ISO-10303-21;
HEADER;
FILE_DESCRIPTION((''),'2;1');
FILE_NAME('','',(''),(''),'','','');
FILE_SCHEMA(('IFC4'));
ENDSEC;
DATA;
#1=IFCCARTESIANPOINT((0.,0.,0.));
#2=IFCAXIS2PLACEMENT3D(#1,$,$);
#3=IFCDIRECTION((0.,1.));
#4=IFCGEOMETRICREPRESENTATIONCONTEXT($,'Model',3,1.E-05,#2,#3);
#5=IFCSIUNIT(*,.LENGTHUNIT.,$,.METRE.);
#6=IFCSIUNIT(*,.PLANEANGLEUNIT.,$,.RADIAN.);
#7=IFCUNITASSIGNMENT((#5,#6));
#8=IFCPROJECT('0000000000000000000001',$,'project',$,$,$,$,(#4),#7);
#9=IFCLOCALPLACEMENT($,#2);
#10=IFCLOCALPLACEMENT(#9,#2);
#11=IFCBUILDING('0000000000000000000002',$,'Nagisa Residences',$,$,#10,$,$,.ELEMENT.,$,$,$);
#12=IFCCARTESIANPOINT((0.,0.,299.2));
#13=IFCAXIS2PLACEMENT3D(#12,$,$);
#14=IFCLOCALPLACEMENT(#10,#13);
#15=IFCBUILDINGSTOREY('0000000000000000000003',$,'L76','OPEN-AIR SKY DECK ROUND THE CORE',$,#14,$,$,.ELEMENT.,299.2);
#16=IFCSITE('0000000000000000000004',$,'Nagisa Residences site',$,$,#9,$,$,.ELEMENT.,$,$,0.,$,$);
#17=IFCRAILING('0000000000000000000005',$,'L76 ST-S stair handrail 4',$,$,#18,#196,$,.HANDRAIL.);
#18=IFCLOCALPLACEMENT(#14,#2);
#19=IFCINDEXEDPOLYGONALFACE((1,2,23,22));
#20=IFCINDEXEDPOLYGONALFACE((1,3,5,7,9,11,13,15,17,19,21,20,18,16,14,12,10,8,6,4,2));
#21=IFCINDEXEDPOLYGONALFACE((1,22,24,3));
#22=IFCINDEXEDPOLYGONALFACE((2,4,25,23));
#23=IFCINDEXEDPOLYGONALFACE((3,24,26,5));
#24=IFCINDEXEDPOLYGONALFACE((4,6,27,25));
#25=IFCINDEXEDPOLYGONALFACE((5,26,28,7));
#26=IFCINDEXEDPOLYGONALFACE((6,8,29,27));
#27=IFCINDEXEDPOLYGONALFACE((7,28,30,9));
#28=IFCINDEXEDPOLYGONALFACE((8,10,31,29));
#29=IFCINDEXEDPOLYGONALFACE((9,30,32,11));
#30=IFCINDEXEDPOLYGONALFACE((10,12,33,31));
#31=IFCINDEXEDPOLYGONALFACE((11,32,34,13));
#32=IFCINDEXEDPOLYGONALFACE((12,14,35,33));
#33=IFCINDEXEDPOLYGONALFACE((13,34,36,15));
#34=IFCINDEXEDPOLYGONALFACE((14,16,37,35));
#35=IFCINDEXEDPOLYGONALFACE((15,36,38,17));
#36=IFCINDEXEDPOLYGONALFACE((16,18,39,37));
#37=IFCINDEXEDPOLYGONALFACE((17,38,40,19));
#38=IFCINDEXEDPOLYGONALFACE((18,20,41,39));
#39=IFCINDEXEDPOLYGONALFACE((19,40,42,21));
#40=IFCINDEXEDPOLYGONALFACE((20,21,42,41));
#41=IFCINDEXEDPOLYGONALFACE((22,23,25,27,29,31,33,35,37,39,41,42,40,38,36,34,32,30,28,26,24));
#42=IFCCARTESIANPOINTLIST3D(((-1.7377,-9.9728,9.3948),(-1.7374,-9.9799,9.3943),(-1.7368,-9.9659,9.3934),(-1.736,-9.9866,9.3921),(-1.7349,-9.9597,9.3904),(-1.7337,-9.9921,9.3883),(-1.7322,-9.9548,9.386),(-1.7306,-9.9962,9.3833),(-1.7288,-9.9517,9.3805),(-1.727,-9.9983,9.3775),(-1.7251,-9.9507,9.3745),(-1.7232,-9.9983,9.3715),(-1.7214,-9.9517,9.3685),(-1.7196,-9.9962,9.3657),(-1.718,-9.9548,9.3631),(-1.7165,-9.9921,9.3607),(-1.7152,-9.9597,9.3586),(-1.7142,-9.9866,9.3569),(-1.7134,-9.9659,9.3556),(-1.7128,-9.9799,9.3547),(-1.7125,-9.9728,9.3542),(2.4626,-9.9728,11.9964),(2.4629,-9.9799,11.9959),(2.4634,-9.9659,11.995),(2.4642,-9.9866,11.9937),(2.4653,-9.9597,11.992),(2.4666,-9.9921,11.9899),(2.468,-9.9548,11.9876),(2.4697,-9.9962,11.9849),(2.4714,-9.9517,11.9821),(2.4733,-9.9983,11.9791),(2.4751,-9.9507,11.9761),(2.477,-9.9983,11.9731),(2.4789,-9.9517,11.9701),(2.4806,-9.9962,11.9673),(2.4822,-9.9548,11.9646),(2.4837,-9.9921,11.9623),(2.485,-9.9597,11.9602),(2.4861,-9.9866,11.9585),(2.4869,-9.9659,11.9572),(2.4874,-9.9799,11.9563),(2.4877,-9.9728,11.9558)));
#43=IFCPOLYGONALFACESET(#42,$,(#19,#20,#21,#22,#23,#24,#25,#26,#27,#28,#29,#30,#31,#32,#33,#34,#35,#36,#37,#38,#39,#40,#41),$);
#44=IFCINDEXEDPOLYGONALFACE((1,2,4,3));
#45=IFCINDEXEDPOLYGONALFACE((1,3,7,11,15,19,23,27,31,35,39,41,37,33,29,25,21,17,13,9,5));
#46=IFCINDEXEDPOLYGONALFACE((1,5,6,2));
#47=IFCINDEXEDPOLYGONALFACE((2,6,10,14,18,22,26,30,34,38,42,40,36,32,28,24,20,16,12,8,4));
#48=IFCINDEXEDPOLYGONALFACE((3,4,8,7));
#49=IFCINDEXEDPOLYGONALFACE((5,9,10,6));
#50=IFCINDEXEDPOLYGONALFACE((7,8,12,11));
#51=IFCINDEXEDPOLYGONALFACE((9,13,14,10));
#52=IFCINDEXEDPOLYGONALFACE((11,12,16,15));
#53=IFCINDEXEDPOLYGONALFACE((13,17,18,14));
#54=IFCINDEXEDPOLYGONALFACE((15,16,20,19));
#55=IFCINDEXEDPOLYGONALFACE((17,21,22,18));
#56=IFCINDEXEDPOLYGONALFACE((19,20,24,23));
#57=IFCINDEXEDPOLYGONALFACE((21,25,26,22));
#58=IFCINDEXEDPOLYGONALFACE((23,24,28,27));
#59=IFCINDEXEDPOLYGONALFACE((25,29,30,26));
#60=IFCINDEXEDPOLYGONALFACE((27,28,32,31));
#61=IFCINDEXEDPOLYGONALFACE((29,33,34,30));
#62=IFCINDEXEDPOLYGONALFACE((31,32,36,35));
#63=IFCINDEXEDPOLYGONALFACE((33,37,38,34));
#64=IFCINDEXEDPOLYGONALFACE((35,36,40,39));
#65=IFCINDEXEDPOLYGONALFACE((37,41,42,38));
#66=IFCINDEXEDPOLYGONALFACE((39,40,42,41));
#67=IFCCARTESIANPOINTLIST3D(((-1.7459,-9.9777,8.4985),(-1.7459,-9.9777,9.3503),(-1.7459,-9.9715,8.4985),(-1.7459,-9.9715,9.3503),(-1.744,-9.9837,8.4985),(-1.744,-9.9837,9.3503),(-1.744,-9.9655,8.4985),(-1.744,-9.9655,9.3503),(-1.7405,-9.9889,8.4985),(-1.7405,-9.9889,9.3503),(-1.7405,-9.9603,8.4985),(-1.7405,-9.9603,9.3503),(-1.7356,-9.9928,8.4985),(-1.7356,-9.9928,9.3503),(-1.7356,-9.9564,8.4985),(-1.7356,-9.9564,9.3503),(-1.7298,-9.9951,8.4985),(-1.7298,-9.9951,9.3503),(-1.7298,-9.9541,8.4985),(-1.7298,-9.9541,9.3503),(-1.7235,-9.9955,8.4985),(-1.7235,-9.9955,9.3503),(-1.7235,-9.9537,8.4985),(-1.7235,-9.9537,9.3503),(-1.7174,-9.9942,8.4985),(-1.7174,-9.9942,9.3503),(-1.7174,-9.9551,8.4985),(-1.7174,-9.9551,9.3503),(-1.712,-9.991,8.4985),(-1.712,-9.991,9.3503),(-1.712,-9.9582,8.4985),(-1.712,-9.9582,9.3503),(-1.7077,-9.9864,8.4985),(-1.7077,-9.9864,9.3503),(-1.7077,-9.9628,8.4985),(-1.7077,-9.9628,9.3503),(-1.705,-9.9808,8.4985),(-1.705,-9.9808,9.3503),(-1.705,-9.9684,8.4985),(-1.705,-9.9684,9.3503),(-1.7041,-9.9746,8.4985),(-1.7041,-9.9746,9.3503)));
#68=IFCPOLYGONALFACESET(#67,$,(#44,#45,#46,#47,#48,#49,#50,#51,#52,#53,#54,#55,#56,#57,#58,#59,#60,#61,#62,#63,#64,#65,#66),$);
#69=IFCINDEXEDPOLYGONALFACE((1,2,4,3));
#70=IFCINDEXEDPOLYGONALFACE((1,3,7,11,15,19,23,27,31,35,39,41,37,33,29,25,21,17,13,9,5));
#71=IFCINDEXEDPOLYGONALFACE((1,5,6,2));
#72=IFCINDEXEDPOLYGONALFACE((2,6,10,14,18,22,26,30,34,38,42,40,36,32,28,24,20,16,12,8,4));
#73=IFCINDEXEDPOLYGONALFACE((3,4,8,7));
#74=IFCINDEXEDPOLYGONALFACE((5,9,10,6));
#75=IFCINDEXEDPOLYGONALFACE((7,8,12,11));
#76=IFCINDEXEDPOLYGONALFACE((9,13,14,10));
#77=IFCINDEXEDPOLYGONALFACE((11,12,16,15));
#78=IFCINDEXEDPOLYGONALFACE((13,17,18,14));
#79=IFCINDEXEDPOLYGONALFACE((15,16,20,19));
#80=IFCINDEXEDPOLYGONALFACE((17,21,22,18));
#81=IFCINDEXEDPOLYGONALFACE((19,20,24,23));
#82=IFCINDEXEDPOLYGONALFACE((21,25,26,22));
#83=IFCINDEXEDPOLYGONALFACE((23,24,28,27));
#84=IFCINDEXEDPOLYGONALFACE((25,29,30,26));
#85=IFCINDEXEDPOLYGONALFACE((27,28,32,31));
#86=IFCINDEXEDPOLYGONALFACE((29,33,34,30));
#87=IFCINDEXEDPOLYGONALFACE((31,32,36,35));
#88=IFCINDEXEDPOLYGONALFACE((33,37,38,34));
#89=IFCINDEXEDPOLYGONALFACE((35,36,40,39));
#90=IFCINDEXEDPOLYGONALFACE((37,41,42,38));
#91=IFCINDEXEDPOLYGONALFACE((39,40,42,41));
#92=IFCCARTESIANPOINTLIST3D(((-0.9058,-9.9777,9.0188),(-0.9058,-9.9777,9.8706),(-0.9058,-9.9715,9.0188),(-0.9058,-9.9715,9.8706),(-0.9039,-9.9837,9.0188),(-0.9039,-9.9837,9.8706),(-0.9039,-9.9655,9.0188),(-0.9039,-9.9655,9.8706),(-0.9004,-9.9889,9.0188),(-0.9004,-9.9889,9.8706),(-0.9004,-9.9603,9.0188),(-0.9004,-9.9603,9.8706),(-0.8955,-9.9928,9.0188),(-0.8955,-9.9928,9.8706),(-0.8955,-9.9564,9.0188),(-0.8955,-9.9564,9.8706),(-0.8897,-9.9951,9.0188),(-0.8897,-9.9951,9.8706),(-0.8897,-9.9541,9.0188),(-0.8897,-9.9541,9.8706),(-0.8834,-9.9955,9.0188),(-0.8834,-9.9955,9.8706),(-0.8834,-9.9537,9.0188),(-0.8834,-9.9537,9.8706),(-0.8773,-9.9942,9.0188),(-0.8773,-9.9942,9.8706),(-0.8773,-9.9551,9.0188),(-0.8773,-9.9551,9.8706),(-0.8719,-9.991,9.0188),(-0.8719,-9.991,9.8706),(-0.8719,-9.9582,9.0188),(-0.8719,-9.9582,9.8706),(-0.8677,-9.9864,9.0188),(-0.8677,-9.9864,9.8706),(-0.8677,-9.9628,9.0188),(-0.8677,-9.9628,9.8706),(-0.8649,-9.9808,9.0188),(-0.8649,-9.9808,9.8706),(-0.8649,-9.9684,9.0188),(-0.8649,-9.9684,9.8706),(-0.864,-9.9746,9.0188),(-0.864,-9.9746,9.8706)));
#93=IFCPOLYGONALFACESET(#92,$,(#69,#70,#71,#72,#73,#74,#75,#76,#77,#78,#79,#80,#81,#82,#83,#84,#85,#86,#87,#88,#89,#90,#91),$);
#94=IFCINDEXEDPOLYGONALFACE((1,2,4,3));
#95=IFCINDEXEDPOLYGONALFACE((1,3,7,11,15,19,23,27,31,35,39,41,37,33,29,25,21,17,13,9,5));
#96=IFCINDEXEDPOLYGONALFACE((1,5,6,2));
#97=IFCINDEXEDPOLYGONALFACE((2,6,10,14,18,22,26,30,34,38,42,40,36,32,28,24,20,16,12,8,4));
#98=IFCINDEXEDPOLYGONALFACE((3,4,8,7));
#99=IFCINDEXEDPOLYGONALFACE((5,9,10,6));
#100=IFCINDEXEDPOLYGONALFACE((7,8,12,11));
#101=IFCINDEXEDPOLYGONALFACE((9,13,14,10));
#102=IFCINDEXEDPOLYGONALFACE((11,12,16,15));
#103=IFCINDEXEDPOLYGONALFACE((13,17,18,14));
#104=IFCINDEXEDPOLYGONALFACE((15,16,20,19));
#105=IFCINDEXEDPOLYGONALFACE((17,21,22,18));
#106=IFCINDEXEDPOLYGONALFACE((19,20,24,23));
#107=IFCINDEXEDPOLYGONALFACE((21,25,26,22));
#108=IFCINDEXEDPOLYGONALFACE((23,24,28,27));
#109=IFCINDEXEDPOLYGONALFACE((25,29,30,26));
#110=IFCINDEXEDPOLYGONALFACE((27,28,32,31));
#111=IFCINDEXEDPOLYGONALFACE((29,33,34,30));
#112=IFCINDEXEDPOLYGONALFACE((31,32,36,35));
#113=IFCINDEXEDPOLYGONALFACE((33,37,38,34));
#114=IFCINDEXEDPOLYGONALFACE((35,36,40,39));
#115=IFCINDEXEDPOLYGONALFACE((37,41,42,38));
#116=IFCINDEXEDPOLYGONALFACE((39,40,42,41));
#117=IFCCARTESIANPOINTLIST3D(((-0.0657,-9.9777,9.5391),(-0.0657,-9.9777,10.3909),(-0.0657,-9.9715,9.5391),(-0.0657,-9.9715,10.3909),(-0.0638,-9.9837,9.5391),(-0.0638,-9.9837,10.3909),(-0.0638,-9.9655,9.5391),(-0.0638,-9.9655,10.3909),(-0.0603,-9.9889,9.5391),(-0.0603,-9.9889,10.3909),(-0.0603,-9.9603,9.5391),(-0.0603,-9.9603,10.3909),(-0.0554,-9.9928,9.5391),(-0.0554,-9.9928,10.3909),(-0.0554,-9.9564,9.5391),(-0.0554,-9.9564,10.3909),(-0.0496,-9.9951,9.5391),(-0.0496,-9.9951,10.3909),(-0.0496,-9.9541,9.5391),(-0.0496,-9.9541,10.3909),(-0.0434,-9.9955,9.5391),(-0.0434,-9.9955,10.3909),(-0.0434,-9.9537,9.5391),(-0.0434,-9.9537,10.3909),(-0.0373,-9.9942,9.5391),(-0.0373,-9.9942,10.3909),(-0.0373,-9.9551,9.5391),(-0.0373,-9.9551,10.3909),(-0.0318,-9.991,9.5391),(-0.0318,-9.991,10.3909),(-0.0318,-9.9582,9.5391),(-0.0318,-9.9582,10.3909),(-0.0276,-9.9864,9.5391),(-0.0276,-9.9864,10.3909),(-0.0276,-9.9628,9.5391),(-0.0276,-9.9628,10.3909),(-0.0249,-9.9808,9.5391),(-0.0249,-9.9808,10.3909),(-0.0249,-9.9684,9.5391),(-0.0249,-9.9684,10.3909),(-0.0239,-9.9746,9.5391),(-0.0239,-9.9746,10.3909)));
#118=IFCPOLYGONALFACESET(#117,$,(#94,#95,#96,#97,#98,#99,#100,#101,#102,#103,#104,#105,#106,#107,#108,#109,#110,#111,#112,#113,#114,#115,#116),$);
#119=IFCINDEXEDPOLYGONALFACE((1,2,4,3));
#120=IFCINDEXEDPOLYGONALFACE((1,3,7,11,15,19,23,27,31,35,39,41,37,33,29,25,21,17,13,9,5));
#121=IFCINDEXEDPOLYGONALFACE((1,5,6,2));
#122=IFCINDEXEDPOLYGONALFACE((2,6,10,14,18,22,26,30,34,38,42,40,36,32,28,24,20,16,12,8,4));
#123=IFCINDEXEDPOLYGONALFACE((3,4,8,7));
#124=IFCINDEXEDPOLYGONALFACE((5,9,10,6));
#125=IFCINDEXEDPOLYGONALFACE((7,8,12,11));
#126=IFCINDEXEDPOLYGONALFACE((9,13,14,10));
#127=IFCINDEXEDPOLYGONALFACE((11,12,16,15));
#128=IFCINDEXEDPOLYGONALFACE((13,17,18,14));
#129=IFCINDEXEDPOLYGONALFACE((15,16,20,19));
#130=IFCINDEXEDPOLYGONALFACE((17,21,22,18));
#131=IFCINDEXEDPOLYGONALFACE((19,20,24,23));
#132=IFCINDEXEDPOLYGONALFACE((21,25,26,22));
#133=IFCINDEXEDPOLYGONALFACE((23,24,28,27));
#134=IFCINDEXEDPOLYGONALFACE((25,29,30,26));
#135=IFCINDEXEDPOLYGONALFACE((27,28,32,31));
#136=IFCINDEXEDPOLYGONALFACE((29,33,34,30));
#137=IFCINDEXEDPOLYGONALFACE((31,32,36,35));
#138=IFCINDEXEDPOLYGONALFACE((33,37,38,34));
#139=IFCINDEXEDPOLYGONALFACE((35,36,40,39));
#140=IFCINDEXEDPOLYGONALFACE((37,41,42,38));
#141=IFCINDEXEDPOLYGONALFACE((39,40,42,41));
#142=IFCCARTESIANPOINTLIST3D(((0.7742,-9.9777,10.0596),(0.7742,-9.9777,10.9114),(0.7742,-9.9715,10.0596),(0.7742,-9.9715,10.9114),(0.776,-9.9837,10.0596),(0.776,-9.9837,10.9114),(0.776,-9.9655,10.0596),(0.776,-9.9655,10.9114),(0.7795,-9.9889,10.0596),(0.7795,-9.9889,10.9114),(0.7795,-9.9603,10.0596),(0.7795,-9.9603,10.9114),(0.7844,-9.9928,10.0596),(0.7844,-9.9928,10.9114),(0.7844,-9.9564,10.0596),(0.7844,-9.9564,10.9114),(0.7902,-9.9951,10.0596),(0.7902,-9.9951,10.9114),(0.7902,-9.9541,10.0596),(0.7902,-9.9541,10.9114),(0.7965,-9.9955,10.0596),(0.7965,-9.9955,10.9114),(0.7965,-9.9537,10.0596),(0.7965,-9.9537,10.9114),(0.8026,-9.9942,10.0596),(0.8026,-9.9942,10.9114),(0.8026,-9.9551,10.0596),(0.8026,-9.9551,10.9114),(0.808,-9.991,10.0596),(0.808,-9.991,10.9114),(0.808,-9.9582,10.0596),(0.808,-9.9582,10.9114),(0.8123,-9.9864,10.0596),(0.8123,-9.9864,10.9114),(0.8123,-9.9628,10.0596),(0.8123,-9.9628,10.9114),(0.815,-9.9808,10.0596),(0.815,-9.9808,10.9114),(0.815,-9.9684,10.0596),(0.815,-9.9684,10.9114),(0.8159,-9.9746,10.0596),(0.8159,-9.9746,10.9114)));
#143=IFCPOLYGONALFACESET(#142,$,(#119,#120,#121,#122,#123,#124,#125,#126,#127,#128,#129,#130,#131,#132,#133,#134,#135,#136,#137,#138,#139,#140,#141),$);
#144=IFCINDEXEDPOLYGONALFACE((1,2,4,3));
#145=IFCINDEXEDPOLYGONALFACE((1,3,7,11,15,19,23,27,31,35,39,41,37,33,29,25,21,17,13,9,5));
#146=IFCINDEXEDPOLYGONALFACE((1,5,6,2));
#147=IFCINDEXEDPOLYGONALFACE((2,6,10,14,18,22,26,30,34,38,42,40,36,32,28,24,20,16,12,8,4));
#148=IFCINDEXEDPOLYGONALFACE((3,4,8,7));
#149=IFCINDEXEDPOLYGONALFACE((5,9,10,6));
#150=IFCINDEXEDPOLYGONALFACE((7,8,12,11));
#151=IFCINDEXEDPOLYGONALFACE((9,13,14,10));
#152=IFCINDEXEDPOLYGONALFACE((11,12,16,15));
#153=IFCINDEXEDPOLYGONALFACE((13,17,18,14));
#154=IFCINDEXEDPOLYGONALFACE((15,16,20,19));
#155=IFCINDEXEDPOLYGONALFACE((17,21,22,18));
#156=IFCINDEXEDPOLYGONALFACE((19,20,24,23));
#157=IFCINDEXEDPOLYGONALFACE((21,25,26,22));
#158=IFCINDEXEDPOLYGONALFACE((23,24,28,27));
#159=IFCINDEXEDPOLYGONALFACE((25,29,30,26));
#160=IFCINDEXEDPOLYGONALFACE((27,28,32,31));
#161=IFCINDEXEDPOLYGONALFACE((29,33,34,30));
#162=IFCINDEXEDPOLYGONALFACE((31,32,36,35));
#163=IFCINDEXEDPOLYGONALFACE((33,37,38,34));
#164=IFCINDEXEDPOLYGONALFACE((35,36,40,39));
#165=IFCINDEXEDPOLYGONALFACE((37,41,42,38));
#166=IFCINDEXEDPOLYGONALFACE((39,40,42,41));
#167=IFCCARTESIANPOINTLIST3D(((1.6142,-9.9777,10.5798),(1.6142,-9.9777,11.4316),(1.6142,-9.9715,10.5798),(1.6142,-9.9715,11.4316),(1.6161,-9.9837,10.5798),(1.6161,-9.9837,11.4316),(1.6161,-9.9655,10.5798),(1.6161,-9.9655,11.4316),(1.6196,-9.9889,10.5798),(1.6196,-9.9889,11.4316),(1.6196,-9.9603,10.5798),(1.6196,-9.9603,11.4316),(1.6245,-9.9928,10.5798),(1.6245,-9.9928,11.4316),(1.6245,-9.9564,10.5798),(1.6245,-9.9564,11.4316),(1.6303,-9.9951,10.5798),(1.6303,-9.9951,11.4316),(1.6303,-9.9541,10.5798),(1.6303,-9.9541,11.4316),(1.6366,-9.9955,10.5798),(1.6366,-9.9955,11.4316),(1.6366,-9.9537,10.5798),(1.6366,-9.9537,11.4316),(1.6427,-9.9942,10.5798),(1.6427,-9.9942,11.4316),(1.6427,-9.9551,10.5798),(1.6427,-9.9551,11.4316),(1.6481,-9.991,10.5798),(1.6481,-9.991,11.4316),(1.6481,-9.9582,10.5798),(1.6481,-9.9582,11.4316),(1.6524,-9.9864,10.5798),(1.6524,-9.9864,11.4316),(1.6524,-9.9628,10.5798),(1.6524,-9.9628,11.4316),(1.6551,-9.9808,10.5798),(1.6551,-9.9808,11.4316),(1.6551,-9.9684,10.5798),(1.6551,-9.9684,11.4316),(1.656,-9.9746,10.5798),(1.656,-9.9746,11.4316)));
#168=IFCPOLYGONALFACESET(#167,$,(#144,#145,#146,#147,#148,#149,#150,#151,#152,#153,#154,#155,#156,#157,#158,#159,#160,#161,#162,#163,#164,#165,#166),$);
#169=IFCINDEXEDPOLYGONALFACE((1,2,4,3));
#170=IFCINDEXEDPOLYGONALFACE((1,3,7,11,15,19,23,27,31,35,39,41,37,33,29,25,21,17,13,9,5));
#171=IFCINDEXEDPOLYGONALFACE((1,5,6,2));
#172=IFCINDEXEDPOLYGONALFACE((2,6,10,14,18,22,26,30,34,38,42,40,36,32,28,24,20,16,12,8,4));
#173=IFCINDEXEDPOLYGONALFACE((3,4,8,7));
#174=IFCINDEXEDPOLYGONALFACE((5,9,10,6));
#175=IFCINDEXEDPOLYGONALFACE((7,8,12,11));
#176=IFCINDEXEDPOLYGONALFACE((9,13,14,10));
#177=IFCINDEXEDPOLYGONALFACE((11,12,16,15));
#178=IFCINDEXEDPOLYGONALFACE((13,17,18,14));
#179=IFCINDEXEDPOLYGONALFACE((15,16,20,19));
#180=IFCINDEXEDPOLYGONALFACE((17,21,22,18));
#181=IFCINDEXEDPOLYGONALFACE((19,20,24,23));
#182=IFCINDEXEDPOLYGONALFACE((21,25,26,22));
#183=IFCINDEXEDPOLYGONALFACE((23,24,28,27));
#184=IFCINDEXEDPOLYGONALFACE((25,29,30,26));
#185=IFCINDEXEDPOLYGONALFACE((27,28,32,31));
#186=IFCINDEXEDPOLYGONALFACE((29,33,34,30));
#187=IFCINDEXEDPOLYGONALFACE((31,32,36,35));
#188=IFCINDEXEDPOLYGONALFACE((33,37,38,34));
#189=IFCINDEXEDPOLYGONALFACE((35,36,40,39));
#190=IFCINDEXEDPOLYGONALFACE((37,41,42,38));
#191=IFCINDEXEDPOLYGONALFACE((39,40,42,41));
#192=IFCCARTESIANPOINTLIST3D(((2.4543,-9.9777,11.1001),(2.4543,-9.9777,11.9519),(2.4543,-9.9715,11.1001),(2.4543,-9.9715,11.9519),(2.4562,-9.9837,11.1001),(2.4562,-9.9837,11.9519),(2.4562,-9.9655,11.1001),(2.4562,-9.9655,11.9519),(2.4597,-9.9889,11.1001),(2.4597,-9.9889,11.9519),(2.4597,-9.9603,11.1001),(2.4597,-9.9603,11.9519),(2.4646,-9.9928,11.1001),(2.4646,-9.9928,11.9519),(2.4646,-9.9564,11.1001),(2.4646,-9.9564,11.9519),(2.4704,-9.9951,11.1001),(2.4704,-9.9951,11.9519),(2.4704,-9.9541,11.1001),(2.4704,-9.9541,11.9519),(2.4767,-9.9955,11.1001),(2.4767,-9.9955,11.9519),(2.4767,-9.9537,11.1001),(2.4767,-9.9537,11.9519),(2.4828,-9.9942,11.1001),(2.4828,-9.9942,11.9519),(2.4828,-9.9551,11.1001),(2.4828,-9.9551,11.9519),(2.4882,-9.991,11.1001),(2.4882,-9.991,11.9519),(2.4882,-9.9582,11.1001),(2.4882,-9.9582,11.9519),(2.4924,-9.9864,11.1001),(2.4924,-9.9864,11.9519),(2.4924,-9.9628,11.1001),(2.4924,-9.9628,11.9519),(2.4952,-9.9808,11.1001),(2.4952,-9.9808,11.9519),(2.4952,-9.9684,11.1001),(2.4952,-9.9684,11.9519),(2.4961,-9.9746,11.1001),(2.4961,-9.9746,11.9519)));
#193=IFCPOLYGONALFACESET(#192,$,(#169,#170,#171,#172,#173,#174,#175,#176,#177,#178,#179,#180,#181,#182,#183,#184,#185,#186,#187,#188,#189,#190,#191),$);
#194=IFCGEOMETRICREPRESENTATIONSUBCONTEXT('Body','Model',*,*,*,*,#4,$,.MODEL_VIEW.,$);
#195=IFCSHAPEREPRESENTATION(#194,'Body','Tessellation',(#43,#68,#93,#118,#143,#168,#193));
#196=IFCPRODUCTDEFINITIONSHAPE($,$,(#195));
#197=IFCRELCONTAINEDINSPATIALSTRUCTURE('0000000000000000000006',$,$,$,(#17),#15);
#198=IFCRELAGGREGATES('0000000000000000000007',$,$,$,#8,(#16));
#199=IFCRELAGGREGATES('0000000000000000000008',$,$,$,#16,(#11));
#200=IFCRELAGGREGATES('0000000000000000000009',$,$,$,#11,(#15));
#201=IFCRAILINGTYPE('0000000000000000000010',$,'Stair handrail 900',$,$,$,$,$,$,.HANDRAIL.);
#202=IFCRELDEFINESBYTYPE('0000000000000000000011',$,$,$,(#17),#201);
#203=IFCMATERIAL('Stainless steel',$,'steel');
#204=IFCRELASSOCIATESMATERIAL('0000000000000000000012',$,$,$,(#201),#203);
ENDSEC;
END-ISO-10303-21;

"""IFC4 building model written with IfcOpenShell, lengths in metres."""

from ifc_helpers import new_model, si_unit, direction, frame, origin, origin_2d, place, context, subcontext, project, spatial, circle, extrude, material, type_object, element, save


model = new_model("IFC4")

# Units and contexts
model_context = context("Model", 3, precision=1e-05, world=origin(), true_north=direction((0.0, 1.0)))
body_context = subcontext(model_context, "Body", "Model", "MODEL_VIEW")
ifc_project = project(units=[si_unit("LENGTHUNIT", "METRE"), si_unit("PLANEANGLEUNIT", "RADIAN")], contexts=[model_context])

# Site, building, storey
site_placement = place(None, origin())
site = spatial("IfcSite", under=ifc_project, at=site_placement, Name="Nagisa Residences site", CompositionType="ELEMENT", RefElevation=0.0)
building_placement = place(site_placement, origin())
building = spatial("IfcBuilding", under=site, at=building_placement, Name="Nagisa Residences", CompositionType="ELEMENT")
storey_placement = place(building_placement, frame((0.0, 0.0, 299.2)))
storey = spatial("IfcBuildingStorey", under=building, at=storey_placement, Name="L76", Description="OPEN-AIR SKY DECK ROUND THE CORE", CompositionType="ELEMENT", Elevation=299.2)

# Railing
ifc_material_1 = material(Name="Stainless steel", Category="steel")
railing_type_1 = type_object("IfcRailingType", Name="Stair handrail 900", PredefinedType="HANDRAIL", material=ifc_material_1)
for number, where, name in (
    (1, (-1.7251, -9.9746, 8.4985), "L76 ST-S stair handrail 4"),
):
    element("IfcRailing", number, at=place(storey_placement, frame(where)), inside=storey, type_object=railing_type_1, Name=name, PredefinedType="HANDRAIL", context=body_context, shape_type="SweptSolid", body=[
        extrude(circle(Radius=0.0239, at=origin_2d()), frame((0.0, 0.0, 0.876), z_axis=(0.850135, 0.0, 0.526566), x_axis=(0.0, 1.0, 0.0)), (0.0, 0.0, 1.0), 4.9407),
        extrude(circle(Radius=0.021, at=origin_2d()), origin(), (0.0, 0.0, 1.0), 0.8518),
        extrude(circle(Radius=0.021, at=origin_2d()), frame((0.8401, 0.0, 0.5203)), (0.0, 0.0, 1.0), 0.8518),
        extrude(circle(Radius=0.021, at=origin_2d()), frame((1.6802, 0.0, 1.0405)), (0.0, 0.0, 1.0), 0.8518),
        extrude(circle(Radius=0.021, at=origin_2d()), frame((2.52, 0.0, 1.561)), (0.0, 0.0, 1.0), 0.8518),
        extrude(circle(Radius=0.021, at=origin_2d()), frame((3.3601, 0.0, 2.0813)), (0.0, 0.0, 1.0), 0.8518),
        extrude(circle(Radius=0.021, at=origin_2d()), frame((4.2002, 0.0, 2.6016)), (0.0, 0.0, 1.0), 0.8518),
    ])

save(model, "model.ifc")
